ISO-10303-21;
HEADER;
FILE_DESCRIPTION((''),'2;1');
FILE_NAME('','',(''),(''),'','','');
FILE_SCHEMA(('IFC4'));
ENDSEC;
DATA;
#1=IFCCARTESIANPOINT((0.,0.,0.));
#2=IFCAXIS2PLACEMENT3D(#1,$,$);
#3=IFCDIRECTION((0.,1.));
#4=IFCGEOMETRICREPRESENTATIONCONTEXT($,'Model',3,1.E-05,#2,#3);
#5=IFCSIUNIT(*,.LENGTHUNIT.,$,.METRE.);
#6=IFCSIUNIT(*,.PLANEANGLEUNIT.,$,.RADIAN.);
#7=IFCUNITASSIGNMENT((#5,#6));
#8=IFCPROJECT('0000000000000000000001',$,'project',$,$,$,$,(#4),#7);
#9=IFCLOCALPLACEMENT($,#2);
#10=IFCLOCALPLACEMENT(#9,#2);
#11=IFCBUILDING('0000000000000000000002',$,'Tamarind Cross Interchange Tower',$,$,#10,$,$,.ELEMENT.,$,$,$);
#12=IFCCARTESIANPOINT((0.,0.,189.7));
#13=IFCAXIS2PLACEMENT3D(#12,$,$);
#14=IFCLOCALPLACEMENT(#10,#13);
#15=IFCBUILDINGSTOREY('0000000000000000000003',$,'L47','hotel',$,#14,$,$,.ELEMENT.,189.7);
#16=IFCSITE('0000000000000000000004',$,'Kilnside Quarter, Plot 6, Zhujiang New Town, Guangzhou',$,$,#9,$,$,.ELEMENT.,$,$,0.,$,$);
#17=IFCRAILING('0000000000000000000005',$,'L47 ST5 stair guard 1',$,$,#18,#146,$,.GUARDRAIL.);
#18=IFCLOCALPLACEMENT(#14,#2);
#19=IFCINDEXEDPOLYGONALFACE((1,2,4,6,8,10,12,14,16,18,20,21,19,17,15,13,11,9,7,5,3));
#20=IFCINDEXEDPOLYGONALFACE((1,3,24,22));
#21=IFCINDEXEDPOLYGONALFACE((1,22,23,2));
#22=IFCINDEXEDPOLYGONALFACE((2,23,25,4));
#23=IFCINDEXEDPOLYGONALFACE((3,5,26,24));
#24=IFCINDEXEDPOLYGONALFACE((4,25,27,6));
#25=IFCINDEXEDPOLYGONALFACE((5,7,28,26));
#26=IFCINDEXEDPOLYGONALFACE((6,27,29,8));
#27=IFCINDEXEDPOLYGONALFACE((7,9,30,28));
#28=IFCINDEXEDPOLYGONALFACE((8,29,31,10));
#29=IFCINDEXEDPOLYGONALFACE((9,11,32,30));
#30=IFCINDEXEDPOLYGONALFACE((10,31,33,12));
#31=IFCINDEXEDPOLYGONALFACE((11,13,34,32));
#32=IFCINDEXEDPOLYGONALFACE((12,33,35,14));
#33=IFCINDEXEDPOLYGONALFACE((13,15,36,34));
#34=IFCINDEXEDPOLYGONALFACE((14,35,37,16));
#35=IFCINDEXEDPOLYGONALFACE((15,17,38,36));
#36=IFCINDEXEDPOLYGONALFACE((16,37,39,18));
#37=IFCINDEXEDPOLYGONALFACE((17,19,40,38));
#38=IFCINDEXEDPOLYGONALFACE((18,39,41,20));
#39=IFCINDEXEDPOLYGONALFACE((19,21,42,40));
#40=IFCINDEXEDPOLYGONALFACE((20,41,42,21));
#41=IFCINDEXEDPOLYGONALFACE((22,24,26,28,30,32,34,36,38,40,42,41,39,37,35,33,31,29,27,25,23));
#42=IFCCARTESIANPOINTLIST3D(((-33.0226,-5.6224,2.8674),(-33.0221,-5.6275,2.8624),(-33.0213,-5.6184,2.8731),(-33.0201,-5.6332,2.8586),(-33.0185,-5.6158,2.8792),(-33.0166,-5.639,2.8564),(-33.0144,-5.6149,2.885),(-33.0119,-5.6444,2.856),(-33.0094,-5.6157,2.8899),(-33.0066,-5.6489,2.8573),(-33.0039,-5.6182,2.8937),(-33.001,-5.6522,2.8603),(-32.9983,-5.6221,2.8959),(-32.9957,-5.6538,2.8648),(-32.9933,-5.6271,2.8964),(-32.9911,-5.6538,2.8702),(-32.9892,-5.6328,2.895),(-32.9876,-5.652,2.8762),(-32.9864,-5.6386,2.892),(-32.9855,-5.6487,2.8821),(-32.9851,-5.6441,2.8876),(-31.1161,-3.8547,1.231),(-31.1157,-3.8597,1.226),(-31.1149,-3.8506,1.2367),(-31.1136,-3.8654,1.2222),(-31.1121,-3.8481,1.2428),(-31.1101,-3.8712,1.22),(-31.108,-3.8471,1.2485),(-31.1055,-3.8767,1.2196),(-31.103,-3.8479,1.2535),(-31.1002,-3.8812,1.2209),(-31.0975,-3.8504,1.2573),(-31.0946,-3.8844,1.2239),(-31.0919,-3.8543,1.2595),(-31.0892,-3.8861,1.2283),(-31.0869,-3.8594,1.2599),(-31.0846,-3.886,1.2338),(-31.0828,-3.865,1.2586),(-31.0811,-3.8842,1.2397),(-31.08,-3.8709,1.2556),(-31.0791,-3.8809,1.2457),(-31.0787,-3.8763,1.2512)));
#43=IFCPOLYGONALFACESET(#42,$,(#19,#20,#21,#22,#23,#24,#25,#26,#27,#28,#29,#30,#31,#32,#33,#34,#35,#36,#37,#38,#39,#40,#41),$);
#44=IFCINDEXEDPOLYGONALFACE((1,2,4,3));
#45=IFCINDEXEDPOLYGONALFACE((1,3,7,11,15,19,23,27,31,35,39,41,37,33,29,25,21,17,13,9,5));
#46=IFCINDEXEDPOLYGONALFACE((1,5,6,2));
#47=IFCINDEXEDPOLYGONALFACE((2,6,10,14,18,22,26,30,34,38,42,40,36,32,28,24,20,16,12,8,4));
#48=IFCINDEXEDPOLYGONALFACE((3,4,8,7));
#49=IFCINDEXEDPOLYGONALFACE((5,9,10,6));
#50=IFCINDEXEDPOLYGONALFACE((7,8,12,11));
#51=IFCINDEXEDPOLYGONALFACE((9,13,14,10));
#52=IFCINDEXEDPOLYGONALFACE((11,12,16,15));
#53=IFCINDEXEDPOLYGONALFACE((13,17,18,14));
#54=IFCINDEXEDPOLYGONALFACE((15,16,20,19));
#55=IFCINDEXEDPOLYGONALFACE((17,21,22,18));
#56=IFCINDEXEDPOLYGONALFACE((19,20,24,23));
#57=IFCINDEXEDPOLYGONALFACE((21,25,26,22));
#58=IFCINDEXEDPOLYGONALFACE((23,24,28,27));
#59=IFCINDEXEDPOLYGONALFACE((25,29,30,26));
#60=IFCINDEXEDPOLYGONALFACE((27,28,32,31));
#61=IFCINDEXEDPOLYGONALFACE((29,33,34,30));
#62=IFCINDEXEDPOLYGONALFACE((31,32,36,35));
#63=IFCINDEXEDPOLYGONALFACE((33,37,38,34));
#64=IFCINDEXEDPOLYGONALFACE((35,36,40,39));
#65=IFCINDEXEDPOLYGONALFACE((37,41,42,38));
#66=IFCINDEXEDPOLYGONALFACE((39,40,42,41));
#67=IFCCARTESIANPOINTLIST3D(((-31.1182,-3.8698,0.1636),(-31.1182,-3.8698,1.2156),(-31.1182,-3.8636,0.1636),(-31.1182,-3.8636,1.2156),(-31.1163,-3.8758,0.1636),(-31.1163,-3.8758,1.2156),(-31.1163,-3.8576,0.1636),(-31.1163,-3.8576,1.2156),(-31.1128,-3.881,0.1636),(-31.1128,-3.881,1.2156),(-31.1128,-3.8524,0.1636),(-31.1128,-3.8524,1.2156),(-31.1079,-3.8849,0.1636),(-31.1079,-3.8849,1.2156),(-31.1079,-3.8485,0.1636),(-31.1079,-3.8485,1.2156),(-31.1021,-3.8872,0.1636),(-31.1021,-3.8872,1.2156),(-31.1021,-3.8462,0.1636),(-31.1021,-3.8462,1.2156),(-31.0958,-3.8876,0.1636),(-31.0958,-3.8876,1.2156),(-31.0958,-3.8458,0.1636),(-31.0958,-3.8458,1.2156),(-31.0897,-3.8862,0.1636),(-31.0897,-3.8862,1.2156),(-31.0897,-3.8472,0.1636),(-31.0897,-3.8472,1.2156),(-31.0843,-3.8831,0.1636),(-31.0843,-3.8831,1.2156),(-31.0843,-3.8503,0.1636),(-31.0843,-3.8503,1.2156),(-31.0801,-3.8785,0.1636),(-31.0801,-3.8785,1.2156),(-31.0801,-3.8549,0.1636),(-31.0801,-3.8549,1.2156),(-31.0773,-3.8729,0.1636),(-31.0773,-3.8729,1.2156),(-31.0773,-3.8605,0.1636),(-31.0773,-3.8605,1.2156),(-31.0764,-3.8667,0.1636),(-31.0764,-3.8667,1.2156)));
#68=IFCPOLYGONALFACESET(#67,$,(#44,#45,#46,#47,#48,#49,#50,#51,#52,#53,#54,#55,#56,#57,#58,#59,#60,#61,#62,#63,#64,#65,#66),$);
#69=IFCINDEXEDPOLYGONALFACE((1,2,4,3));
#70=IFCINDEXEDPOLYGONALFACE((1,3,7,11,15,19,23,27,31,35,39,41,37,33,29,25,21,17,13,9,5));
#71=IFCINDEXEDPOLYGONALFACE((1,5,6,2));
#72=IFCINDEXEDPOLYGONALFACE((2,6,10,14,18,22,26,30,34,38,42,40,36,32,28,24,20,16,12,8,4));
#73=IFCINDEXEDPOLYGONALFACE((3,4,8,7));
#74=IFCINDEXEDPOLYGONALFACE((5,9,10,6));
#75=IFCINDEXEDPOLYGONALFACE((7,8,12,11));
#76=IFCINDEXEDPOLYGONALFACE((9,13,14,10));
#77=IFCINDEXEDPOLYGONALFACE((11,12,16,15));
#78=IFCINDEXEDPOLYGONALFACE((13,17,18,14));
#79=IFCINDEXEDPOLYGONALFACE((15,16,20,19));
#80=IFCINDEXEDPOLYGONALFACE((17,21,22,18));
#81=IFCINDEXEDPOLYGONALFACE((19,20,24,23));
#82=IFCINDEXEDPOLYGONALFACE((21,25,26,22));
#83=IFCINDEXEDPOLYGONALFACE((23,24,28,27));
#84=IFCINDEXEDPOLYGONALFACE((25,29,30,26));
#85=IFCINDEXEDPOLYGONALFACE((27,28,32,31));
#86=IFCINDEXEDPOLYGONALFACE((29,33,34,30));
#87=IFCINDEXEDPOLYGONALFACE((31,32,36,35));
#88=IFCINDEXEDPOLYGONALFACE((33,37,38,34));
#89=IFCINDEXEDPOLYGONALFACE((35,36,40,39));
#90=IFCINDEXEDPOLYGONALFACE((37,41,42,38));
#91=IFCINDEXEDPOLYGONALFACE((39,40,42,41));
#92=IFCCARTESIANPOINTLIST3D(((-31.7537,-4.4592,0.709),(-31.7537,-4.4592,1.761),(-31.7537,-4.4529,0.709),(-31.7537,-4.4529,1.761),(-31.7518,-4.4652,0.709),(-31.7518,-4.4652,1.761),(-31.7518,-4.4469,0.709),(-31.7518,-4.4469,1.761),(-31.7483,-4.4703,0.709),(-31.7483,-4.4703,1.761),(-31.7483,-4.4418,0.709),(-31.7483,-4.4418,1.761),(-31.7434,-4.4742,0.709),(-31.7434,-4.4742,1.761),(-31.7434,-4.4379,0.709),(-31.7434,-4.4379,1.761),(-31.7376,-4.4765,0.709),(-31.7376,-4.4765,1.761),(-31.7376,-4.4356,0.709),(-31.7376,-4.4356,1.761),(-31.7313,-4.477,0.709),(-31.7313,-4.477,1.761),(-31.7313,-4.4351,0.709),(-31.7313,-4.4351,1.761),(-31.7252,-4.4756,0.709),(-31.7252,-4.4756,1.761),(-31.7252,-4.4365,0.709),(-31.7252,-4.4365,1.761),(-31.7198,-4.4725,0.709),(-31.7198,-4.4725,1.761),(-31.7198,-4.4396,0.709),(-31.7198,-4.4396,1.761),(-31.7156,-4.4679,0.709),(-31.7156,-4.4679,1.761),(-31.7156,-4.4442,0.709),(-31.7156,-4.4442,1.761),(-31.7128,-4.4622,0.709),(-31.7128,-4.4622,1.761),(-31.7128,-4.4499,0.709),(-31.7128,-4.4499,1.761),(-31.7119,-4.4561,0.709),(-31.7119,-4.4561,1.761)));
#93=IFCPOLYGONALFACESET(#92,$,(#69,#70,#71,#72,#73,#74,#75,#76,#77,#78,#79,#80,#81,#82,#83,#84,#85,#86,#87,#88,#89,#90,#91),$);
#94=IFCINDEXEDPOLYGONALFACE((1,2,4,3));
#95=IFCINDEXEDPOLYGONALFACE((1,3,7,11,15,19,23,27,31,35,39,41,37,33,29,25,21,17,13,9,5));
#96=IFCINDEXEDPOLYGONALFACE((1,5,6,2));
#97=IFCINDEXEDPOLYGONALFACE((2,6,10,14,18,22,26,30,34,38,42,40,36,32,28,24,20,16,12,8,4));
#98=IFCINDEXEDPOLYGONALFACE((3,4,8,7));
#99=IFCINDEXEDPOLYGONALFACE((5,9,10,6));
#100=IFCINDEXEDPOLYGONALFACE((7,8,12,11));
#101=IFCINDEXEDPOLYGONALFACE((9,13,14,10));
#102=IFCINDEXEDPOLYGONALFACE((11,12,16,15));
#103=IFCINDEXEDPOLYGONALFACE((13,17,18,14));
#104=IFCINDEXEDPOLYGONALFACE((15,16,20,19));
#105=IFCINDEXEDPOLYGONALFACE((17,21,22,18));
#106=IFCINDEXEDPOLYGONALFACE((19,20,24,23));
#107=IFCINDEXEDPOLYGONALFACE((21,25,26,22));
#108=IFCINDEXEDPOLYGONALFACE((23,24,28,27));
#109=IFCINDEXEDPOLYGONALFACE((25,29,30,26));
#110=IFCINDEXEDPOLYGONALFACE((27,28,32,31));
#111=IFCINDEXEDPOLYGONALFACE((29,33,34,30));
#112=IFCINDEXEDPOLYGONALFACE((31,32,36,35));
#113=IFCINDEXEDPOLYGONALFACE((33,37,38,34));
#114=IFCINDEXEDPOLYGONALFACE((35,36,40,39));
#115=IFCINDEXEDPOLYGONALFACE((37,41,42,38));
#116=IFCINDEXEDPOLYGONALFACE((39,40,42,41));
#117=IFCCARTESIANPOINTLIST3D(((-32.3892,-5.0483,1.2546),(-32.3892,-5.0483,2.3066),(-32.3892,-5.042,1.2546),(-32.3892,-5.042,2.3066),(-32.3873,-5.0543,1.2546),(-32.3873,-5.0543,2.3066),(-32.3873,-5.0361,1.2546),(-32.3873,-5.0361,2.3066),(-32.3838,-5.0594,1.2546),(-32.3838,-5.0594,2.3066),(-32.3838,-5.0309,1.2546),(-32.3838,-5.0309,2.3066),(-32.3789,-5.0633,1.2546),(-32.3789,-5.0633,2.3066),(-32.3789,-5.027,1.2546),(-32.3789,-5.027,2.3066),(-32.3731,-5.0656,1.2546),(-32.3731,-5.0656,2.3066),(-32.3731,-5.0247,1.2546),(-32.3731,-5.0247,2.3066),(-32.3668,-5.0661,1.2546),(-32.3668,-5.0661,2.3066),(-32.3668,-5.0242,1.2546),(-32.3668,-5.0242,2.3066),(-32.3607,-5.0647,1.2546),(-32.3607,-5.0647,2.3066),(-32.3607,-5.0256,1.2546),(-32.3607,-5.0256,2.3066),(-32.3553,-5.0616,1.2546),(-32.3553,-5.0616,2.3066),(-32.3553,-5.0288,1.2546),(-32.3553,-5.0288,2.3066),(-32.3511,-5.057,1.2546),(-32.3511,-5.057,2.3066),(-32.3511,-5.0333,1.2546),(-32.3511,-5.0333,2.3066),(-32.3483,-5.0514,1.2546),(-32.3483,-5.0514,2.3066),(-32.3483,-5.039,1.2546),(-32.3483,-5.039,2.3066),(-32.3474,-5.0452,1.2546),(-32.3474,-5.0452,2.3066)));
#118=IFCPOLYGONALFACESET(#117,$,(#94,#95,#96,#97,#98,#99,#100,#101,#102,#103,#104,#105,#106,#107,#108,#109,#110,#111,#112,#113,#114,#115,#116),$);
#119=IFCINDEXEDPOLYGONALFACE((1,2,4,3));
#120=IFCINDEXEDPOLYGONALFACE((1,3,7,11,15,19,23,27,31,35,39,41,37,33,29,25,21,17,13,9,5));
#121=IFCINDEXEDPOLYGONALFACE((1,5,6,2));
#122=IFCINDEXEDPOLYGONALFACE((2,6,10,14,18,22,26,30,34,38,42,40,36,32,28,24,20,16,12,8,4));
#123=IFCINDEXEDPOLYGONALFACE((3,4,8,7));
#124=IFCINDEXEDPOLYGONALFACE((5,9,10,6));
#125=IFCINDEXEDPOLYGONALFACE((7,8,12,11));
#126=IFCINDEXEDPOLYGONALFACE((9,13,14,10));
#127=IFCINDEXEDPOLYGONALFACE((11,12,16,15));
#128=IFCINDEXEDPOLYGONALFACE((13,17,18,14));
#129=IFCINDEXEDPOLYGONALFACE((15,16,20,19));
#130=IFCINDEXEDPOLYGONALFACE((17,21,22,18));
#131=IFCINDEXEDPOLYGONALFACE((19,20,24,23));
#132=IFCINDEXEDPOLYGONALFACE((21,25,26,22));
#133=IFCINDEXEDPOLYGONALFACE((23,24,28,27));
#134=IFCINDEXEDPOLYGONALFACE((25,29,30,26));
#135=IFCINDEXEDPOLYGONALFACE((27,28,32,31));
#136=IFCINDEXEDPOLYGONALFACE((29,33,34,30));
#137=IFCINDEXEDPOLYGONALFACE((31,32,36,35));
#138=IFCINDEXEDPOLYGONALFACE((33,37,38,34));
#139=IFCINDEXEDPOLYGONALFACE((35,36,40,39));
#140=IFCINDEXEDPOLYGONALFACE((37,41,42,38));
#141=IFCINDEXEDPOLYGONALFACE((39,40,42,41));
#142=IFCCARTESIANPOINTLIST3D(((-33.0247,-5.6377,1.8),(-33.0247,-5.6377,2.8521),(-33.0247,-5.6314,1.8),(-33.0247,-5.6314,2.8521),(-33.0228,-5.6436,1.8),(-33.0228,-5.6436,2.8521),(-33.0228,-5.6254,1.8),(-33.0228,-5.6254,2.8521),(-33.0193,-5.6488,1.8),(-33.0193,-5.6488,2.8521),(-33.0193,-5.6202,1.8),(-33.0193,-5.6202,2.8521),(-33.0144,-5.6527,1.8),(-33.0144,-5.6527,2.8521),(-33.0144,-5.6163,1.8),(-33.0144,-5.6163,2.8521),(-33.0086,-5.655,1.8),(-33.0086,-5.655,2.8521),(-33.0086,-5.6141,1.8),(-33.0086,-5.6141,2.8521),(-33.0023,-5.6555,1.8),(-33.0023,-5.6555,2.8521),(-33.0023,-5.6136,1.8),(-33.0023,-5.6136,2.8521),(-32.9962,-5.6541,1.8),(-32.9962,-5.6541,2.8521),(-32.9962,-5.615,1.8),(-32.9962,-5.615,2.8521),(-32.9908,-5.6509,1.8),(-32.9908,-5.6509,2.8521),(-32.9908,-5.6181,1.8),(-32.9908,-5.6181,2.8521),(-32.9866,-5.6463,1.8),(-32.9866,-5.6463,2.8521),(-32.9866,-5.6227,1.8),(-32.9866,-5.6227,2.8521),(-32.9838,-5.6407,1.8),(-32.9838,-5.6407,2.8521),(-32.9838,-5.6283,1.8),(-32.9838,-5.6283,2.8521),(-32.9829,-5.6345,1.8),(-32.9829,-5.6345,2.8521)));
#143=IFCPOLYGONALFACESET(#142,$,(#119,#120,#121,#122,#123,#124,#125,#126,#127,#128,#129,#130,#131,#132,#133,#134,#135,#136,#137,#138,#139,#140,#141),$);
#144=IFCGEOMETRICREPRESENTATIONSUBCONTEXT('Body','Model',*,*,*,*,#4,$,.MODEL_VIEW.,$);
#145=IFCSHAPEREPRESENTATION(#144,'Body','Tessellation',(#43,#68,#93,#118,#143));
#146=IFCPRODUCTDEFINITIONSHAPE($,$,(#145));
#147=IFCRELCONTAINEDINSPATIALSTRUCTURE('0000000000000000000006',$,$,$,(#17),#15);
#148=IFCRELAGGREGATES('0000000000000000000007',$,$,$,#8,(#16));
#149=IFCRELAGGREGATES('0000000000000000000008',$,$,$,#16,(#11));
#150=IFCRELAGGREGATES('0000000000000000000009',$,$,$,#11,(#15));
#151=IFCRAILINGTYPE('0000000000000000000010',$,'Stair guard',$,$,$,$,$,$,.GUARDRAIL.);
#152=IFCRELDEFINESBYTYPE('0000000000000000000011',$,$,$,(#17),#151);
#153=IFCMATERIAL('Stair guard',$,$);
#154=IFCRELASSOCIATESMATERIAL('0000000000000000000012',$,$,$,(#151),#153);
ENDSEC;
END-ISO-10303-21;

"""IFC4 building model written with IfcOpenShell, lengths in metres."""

from ifc_helpers import new_model, si_unit, direction, frame, origin, origin_2d, place, context, subcontext, project, spatial, circle, extrude, material, type_object, element, save


model = new_model("IFC4")

# Units and contexts
model_context = context("Model", 3, precision=1e-05, world=origin(), true_north=direction((0.0, 1.0)))
body_context = subcontext(model_context, "Body", "Model", "MODEL_VIEW")
ifc_project = project(units=[si_unit("LENGTHUNIT", "METRE"), si_unit("PLANEANGLEUNIT", "RADIAN")], contexts=[model_context])

# Site, building, storey
site_placement = place(None, origin())
site = spatial("IfcSite", under=ifc_project, at=site_placement, Name="Kilnside Quarter, Plot 6, Zhujiang New Town, Guangzhou", CompositionType="ELEMENT", RefElevation=0.0)
building_placement = place(site_placement, origin())
building = spatial("IfcBuilding", under=site, at=building_placement, Name="Tamarind Cross Interchange Tower", CompositionType="ELEMENT")
storey_placement = place(building_placement, frame((0.0, 0.0, 189.7)))
storey = spatial("IfcBuildingStorey", under=building, at=storey_placement, Name="L47", Description="hotel", CompositionType="ELEMENT", Elevation=189.7)

# Railing
ifc_material_1 = material(Name="Stair guard")
railing_type = type_object("IfcRailingType", Name="Stair guard", PredefinedType="GUARDRAIL", material=ifc_material_1)
railing_1_placement = place(storey_placement, frame((-31.0974, -3.8667, 0.1636)))
element("IfcRailing", 1, at=railing_1_placement, inside=storey, type_object=railing_type, Name="L47 ST5 stair guard 1", PredefinedType="GUARDRAIL", context=body_context, shape_type="SweptSolid", body=[
    extrude(circle(Radius=0.0239, at=origin_2d()), frame((0.0, 0.0, 1.0762), z_axis=(-0.620578, -0.575439, 0.532685), x_axis=(0.679936, -0.733272, 0.0)), (0.0, 0.0, 1.0), 3.072),
    extrude(circle(Radius=0.021, at=origin_2d()), origin(), (0.0, 0.0, 1.0), 1.052),
    extrude(circle(Radius=0.021, at=origin_2d()), frame((-0.6355, -0.5894, 0.5454)), (0.0, 0.0, 1.0), 1.052),
    extrude(circle(Radius=0.021, at=origin_2d()), frame((-1.271, -1.1785, 1.0911)), (0.0, 0.0, 1.0), 1.052),
    extrude(circle(Radius=0.021, at=origin_2d()), frame((-1.9065, -1.7678, 1.6365)), (0.0, 0.0, 1.0), 1.052),
])

save(model, "model.ifc")
